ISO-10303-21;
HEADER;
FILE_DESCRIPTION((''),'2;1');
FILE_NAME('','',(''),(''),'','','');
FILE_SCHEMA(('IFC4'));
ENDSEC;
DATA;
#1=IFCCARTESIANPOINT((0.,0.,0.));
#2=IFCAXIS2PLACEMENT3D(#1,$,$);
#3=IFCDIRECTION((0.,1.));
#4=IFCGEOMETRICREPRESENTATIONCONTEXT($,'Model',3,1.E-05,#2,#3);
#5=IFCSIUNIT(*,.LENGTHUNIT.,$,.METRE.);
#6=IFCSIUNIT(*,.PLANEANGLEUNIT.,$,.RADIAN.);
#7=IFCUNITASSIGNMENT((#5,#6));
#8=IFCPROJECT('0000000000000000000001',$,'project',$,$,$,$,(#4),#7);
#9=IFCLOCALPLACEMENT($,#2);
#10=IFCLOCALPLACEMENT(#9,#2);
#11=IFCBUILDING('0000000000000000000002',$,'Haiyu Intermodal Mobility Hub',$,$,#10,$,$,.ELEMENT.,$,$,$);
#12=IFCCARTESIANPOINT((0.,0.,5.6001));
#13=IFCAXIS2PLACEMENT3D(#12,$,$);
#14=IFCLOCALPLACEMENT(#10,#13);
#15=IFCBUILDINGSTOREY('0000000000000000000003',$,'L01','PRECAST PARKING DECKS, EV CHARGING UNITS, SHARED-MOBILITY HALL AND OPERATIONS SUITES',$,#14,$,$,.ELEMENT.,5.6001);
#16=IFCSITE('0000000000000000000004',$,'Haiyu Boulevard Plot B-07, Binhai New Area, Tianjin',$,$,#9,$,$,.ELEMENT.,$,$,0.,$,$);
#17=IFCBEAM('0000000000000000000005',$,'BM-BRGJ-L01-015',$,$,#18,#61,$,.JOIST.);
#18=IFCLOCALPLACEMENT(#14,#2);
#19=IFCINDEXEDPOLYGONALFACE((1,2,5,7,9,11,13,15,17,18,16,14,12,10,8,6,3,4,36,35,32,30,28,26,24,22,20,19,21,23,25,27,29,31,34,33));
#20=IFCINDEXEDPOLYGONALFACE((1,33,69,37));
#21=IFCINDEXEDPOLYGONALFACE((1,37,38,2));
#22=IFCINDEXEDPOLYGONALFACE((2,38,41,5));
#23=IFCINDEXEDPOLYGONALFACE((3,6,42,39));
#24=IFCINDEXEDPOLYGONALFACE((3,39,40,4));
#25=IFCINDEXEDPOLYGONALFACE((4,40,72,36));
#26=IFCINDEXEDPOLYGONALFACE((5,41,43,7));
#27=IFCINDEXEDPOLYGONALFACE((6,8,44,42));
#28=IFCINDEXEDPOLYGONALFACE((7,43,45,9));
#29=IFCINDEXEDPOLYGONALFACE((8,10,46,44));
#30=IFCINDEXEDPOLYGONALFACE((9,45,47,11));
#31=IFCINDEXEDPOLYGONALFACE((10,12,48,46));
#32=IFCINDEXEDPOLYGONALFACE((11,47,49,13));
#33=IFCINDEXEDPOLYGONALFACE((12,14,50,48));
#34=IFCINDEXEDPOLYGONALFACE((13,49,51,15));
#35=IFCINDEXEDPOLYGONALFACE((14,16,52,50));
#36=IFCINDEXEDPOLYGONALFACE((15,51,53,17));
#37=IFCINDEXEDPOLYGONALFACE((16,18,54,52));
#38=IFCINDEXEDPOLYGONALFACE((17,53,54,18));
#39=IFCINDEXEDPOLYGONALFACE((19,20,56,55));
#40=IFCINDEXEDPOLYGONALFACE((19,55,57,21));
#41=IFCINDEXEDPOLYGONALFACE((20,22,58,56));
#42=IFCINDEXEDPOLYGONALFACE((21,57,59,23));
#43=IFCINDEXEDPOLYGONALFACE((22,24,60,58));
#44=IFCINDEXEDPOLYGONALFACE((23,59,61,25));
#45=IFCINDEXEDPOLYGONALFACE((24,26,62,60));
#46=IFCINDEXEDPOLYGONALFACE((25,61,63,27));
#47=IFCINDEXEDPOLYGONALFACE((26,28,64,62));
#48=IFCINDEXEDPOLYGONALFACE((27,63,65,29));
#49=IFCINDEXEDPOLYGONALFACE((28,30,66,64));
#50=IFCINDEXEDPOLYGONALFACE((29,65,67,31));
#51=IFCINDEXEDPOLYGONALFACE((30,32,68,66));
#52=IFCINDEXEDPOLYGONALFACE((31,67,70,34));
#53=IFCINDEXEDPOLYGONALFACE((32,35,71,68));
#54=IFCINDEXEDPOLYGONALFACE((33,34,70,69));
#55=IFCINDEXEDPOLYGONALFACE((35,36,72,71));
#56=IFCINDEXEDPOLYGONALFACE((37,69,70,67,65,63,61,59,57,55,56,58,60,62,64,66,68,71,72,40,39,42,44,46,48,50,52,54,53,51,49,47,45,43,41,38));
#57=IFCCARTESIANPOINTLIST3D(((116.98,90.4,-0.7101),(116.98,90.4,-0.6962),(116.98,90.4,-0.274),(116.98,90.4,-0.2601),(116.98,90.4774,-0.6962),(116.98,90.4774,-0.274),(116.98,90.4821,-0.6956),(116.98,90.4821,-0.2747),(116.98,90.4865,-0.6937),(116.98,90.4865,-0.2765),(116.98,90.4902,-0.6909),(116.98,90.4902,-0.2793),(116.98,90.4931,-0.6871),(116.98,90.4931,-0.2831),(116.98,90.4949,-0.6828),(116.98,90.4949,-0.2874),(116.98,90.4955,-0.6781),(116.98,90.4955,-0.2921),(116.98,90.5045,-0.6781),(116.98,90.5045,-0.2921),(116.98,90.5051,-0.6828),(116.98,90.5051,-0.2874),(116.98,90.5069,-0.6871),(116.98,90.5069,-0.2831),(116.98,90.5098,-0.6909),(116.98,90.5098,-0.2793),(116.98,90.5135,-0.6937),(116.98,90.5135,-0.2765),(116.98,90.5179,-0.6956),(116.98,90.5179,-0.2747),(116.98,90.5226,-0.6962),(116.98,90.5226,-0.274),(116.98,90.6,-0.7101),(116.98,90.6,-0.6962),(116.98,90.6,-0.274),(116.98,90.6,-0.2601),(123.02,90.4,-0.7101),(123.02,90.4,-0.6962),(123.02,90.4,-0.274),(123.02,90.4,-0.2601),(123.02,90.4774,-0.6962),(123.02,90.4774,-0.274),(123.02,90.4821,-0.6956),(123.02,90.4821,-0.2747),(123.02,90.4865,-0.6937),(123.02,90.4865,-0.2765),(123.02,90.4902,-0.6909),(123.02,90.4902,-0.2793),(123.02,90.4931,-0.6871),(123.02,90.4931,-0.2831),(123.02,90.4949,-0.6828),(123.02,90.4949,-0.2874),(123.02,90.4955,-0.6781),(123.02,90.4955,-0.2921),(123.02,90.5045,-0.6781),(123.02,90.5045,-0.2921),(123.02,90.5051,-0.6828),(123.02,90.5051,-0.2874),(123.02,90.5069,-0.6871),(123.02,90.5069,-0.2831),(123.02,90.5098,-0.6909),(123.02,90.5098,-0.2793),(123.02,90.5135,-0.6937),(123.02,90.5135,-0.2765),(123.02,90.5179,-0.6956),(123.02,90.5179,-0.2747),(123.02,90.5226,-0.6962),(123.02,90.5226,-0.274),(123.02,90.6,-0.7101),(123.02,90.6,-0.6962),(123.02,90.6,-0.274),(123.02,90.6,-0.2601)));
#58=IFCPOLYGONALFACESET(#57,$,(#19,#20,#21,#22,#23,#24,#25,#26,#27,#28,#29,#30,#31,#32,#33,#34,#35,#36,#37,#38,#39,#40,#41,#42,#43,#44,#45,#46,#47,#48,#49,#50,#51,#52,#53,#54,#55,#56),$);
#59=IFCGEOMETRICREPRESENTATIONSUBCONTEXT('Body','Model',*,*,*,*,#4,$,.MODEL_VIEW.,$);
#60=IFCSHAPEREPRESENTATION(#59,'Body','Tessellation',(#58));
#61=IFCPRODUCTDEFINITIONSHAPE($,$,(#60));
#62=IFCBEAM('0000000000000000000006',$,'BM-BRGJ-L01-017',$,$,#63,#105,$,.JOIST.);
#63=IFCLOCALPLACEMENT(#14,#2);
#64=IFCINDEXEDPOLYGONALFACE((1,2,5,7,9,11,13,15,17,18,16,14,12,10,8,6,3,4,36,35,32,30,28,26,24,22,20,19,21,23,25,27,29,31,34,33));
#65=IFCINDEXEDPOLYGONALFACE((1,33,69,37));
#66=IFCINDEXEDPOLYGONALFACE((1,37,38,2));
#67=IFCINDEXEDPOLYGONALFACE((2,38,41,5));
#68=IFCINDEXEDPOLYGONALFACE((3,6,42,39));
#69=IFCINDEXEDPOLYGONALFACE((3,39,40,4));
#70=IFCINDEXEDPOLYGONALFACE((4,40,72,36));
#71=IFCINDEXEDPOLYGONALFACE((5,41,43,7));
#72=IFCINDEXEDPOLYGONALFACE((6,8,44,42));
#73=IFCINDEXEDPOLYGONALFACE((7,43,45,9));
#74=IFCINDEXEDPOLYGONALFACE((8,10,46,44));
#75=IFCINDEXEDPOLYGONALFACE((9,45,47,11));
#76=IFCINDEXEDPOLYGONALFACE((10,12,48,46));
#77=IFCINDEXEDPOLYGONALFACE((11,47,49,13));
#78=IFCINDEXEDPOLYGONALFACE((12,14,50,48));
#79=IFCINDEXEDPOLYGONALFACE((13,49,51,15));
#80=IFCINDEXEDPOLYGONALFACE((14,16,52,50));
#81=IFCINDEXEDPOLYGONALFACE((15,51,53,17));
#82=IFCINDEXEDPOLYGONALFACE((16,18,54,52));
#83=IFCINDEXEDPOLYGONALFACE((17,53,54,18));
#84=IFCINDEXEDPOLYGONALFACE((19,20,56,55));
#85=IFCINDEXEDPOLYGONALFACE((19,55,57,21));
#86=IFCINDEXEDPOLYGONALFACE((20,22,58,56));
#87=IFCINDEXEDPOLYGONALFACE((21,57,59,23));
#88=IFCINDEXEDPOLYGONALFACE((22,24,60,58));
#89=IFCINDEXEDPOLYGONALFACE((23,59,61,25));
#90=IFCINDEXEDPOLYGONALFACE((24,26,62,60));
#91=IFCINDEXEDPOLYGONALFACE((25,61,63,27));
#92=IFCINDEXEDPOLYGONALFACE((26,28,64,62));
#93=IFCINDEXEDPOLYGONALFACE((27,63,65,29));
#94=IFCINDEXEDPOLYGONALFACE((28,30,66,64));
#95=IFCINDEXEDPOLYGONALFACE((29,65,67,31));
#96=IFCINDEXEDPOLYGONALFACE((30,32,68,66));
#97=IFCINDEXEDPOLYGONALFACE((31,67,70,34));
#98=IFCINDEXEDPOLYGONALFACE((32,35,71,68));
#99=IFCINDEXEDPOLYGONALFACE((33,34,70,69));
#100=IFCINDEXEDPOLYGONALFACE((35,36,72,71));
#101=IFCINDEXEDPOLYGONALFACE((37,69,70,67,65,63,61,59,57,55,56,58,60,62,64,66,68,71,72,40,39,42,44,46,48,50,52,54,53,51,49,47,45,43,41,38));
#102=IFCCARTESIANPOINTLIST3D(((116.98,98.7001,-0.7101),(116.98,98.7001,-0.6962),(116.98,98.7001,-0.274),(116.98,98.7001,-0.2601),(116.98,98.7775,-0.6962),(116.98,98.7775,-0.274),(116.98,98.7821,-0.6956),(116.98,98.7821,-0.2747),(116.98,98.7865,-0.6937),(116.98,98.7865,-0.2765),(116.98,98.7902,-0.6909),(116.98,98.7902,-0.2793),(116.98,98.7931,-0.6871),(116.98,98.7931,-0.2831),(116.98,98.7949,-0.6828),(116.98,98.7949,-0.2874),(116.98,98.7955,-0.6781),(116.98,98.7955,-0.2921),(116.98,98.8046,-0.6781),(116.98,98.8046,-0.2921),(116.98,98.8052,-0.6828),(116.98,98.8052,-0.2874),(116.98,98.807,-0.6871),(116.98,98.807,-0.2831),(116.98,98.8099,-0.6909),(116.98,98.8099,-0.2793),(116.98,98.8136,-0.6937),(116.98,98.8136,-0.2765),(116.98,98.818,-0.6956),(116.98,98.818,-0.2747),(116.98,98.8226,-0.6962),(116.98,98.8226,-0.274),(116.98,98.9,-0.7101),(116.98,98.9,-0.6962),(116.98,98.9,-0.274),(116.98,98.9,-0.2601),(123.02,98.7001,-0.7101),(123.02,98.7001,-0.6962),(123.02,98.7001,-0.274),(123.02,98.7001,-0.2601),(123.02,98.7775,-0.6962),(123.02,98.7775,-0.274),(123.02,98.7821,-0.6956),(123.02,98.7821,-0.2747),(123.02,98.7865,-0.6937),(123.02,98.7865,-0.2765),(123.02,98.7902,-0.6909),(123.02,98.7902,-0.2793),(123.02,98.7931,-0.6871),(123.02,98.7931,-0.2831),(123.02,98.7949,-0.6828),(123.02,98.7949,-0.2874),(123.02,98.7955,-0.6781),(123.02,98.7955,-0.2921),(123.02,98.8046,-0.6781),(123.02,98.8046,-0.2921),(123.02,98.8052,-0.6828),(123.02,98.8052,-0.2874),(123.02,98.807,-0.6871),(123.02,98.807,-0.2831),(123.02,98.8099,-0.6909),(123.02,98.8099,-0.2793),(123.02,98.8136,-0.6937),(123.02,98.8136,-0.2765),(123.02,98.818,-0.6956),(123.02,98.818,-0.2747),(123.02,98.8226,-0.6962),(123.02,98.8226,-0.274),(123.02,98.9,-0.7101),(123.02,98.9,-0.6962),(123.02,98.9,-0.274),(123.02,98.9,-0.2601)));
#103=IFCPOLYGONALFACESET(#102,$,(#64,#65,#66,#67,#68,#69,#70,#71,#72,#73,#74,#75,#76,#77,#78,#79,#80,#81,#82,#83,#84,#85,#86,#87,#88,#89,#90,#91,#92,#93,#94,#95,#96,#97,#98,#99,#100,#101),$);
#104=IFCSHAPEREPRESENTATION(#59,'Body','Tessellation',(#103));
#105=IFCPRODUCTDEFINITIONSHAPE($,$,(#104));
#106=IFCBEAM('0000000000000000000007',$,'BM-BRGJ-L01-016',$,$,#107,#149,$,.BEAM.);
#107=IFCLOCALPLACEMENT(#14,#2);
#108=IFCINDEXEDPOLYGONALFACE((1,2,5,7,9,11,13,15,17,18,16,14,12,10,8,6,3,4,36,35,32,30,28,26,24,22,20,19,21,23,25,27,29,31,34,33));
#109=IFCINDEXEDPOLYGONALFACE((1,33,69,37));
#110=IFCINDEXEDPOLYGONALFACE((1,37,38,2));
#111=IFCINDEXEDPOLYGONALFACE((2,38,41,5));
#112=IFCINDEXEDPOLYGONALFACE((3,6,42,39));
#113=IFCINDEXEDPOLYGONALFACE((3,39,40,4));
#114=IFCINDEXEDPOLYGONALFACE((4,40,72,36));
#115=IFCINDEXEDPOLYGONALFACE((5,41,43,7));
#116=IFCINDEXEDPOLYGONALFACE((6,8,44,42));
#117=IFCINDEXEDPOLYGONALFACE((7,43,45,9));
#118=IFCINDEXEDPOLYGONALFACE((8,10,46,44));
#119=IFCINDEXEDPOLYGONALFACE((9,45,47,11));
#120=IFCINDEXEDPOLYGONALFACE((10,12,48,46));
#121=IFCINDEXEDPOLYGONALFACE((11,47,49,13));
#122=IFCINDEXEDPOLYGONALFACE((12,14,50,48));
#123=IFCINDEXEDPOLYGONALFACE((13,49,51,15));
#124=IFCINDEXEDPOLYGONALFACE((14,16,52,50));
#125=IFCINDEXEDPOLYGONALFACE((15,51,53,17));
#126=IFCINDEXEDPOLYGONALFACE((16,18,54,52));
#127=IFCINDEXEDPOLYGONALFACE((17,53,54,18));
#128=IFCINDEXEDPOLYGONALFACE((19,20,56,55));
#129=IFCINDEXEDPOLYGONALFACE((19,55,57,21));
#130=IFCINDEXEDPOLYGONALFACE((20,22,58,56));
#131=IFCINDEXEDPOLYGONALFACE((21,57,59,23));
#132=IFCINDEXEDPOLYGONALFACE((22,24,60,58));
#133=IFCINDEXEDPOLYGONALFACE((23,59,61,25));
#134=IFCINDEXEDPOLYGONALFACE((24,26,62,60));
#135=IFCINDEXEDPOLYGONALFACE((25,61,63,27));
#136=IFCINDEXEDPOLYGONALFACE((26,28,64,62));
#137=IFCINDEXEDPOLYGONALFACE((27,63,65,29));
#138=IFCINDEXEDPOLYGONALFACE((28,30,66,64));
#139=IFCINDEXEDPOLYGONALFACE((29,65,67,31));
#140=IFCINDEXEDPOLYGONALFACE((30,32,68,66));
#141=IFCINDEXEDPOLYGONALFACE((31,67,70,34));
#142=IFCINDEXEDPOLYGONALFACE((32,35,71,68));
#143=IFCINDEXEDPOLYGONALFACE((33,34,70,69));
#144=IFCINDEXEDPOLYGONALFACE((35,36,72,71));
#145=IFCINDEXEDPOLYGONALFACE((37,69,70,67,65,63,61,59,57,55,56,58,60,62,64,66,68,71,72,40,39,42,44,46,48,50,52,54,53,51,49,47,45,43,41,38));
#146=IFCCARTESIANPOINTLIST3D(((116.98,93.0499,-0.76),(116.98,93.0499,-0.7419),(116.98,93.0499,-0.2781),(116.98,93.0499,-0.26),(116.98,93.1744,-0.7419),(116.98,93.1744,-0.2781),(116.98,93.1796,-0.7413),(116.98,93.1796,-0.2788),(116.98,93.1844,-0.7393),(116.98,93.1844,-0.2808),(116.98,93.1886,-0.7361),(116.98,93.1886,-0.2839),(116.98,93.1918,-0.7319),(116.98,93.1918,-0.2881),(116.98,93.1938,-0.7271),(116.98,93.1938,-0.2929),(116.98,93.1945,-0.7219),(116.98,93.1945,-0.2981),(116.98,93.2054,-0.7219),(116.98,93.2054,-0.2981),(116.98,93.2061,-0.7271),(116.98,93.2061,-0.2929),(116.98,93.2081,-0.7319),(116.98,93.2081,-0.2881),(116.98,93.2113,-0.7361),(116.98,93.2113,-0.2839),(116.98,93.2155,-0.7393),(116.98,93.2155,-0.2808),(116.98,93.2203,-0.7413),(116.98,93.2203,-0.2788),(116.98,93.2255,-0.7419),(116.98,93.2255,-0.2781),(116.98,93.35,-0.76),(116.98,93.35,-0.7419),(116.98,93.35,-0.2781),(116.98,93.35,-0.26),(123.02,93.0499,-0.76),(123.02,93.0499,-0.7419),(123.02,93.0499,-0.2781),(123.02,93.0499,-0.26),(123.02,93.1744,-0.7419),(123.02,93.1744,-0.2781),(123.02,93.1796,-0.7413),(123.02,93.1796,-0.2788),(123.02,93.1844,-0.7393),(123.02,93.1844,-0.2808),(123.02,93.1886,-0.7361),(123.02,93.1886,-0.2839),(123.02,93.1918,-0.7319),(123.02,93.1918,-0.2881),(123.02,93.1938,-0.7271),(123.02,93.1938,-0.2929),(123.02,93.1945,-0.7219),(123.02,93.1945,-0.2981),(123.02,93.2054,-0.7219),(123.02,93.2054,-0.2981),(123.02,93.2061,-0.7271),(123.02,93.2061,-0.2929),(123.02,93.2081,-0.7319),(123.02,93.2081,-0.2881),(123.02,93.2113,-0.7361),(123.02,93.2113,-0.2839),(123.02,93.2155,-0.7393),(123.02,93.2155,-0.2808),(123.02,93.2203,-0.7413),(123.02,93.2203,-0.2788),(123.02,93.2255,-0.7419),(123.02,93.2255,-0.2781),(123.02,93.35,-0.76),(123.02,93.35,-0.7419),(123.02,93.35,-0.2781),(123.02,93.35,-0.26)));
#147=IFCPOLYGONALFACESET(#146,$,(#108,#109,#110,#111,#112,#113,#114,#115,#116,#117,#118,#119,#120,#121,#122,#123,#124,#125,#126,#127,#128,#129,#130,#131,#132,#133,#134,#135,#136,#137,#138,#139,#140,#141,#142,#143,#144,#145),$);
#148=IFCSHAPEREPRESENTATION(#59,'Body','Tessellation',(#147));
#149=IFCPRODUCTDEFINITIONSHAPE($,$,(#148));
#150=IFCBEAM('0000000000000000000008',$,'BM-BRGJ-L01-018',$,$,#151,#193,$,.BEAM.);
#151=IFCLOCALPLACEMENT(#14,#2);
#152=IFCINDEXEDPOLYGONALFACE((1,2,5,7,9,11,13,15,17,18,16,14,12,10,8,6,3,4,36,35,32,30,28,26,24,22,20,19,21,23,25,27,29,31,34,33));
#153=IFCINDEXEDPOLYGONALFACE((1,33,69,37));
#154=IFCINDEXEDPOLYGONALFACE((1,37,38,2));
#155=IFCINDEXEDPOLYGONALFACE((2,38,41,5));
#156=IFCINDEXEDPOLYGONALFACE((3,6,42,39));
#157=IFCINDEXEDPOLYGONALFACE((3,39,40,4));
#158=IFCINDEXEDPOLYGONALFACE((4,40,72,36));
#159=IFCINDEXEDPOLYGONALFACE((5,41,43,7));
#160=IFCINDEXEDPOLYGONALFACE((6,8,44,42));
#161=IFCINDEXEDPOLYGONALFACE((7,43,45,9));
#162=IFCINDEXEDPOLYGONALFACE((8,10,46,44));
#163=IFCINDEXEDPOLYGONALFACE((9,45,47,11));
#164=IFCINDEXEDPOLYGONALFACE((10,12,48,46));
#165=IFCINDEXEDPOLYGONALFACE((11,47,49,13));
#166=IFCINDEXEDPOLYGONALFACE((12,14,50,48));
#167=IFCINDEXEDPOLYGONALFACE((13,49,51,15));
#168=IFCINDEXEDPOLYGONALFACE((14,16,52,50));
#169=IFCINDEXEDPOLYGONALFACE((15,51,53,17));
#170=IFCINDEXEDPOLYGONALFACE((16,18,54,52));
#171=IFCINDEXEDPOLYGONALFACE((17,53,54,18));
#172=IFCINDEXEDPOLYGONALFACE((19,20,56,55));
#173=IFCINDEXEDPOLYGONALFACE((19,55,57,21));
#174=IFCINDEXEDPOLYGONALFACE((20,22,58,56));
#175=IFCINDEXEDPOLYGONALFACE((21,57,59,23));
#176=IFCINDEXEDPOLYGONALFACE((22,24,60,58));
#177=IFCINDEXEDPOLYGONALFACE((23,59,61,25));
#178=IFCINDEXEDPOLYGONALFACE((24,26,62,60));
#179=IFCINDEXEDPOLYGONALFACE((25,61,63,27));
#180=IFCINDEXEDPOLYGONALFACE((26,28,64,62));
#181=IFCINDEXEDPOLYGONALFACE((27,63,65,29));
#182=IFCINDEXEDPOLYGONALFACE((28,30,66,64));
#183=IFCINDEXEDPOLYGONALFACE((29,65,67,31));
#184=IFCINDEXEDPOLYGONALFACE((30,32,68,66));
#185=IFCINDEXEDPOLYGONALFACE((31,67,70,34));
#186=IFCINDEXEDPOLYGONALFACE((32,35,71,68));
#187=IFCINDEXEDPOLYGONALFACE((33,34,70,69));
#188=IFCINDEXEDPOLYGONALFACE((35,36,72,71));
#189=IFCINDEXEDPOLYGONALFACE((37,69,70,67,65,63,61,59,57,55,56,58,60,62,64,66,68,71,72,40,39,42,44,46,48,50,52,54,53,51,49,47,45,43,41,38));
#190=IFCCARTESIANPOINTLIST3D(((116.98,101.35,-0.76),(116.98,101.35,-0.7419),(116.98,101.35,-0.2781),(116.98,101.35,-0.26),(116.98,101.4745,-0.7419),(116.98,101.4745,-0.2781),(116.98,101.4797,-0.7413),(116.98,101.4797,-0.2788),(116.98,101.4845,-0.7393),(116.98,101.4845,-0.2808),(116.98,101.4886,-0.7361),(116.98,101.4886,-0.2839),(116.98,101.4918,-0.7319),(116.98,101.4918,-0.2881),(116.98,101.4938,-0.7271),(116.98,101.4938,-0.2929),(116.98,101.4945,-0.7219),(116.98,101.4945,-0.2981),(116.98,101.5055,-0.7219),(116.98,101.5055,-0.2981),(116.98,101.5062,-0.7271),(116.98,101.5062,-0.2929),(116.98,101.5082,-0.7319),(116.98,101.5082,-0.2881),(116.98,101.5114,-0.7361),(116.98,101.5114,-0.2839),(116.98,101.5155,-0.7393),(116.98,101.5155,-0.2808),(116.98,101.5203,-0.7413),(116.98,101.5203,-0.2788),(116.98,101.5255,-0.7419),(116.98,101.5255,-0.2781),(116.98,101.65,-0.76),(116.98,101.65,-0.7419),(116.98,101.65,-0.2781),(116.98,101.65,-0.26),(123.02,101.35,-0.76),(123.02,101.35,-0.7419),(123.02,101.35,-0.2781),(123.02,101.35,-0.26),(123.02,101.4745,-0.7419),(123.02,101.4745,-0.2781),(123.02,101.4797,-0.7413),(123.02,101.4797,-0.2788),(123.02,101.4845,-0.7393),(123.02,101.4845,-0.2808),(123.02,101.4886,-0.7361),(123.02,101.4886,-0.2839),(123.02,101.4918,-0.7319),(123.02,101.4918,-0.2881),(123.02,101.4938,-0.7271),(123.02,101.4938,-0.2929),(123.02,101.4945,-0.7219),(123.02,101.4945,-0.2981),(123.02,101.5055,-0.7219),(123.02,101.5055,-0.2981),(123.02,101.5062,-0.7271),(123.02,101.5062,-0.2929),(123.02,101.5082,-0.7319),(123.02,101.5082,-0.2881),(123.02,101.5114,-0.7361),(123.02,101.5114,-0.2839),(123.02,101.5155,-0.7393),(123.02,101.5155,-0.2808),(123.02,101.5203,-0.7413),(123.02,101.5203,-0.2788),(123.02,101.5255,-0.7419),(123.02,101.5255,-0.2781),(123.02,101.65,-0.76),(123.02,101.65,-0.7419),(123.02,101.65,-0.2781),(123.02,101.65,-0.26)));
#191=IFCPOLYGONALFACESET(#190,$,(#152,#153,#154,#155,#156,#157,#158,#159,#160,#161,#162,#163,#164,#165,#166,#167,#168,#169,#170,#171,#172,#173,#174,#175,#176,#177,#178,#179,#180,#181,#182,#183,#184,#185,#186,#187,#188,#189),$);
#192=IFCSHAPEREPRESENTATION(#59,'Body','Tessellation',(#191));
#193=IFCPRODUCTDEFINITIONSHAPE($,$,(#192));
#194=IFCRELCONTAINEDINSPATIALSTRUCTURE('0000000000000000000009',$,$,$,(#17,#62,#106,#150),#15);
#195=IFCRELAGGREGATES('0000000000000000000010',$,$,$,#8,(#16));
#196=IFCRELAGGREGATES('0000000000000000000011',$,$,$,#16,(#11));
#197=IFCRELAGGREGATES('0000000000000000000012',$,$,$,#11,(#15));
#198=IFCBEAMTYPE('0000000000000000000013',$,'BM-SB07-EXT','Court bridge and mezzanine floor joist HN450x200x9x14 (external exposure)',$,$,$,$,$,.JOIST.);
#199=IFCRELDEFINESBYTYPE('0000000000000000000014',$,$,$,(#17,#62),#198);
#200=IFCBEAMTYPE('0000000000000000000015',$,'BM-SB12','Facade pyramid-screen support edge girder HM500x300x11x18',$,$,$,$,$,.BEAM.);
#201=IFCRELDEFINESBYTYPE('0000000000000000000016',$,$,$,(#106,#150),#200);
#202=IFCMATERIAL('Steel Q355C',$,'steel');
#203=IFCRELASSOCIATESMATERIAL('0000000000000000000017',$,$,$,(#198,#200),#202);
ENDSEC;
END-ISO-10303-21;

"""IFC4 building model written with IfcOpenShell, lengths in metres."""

from ifc_helpers import new_model, si_unit, direction, frame, origin, origin_2d, place, context, subcontext, project, spatial, i_section, extrude, material, material_profile, profile_set, type_object, element, save


model = new_model("IFC4")

# Units and contexts
model_context = context("Model", 3, precision=1e-05, world=origin(), true_north=direction((0.0, 1.0)))
body_context = subcontext(model_context, "Body", "Model", "MODEL_VIEW")
ifc_project = project(units=[si_unit("LENGTHUNIT", "METRE"), si_unit("PLANEANGLEUNIT", "RADIAN")], contexts=[model_context])

# Site, building, storey
site_placement = place(None, origin())
site = spatial("IfcSite", under=ifc_project, at=site_placement, Name="Haiyu Boulevard Plot B-07, Binhai New Area, Tianjin", CompositionType="ELEMENT", RefElevation=0.0)
building_placement = place(site_placement, origin())
building = spatial("IfcBuilding", under=site, at=building_placement, Name="Haiyu Intermodal Mobility Hub", CompositionType="ELEMENT")
storey_placement = place(building_placement, frame((0.0, 0.0, 5.6001)))
storey = spatial("IfcBuildingStorey", under=building, at=storey_placement, Name="L01", Description="PRECAST PARKING DECKS, EV CHARGING UNITS, SHARED-MOBILITY HALL AND OPERATIONS SUITES", CompositionType="ELEMENT", Elevation=5.6001)

# Beams
ifc_material_1 = material(Name="Steel Q355C", Category="steel")
ifc_material_profile_1 = material_profile(ifc_material_1, i_section(OverallWidth=0.2, OverallDepth=0.45, WebThickness=0.009, FlangeThickness=0.0139, FilletRadius=0.0181, at=origin_2d()), Name="HN450x200x9x14")
ifc_profile_set_1 = profile_set([ifc_material_profile_1], Name="Steel Q355C")
beam_type_1 = type_object("IfcBeamType", Name="BM-SB07-EXT", Description="Court bridge and mezzanine floor joist HN450x200x9x14 (external exposure)", PredefinedType="JOIST", material=ifc_profile_set_1)
for number, where, z_axis, x_axis, name in (
    (1, (116.98, 90.5, -0.4851), (1.0, 0.0, 0.0), (0.0, 1.0, 0.0), "BM-BRGJ-L01-015"),
    (2, (116.98, 98.8, -0.4851), (1.0, 0.0, 0.0), (0.0, 1.0, 0.0), "BM-BRGJ-L01-017"),
):
    element("IfcBeam", number, at=place(storey_placement, frame(where, z_axis=z_axis, x_axis=x_axis)), inside=storey, type_object=beam_type_1, Name=name, PredefinedType="JOIST", context=body_context, shape_type="SweptSolid", body=[
        extrude(i_section(OverallWidth=0.2, OverallDepth=0.45, WebThickness=0.009, FlangeThickness=0.0139, FilletRadius=0.0181, at=origin_2d()), origin(), (0.0, 0.0, 1.0), 6.04),
    ])
ifc_material_profile_2 = material_profile(ifc_material_1, i_section(OverallWidth=0.3, OverallDepth=0.5, WebThickness=0.011, FlangeThickness=0.0181, FilletRadius=0.02, at=origin_2d()), Name="HM500x300x11x18")
ifc_profile_set_2 = profile_set([ifc_material_profile_2], Name="Steel Q355C")
beam_type_2 = type_object("IfcBeamType", Name="BM-SB12", Description="Facade pyramid-screen support edge girder HM500x300x11x18", PredefinedType="BEAM", material=ifc_profile_set_2)
for number, where, z_axis, x_axis, name in (
    (3, (116.98, 93.2, -0.51), (1.0, 0.0, 0.0), (0.0, 1.0, 0.0), "BM-BRGJ-L01-016"),
    (4, (116.98, 101.5, -0.51), (1.0, 0.0, 0.0), (0.0, 1.0, 0.0), "BM-BRGJ-L01-018"),
):
    element("IfcBeam", number, at=place(storey_placement, frame(where, z_axis=z_axis, x_axis=x_axis)), inside=storey, type_object=beam_type_2, Name=name, PredefinedType="BEAM", context=body_context, shape_type="SweptSolid", body=[
        extrude(i_section(OverallWidth=0.3, OverallDepth=0.5, WebThickness=0.011, FlangeThickness=0.0181, FilletRadius=0.02, at=origin_2d()), origin(), (0.0, 0.0, 1.0), 6.04),
    ])

save(model, "model.ifc")
